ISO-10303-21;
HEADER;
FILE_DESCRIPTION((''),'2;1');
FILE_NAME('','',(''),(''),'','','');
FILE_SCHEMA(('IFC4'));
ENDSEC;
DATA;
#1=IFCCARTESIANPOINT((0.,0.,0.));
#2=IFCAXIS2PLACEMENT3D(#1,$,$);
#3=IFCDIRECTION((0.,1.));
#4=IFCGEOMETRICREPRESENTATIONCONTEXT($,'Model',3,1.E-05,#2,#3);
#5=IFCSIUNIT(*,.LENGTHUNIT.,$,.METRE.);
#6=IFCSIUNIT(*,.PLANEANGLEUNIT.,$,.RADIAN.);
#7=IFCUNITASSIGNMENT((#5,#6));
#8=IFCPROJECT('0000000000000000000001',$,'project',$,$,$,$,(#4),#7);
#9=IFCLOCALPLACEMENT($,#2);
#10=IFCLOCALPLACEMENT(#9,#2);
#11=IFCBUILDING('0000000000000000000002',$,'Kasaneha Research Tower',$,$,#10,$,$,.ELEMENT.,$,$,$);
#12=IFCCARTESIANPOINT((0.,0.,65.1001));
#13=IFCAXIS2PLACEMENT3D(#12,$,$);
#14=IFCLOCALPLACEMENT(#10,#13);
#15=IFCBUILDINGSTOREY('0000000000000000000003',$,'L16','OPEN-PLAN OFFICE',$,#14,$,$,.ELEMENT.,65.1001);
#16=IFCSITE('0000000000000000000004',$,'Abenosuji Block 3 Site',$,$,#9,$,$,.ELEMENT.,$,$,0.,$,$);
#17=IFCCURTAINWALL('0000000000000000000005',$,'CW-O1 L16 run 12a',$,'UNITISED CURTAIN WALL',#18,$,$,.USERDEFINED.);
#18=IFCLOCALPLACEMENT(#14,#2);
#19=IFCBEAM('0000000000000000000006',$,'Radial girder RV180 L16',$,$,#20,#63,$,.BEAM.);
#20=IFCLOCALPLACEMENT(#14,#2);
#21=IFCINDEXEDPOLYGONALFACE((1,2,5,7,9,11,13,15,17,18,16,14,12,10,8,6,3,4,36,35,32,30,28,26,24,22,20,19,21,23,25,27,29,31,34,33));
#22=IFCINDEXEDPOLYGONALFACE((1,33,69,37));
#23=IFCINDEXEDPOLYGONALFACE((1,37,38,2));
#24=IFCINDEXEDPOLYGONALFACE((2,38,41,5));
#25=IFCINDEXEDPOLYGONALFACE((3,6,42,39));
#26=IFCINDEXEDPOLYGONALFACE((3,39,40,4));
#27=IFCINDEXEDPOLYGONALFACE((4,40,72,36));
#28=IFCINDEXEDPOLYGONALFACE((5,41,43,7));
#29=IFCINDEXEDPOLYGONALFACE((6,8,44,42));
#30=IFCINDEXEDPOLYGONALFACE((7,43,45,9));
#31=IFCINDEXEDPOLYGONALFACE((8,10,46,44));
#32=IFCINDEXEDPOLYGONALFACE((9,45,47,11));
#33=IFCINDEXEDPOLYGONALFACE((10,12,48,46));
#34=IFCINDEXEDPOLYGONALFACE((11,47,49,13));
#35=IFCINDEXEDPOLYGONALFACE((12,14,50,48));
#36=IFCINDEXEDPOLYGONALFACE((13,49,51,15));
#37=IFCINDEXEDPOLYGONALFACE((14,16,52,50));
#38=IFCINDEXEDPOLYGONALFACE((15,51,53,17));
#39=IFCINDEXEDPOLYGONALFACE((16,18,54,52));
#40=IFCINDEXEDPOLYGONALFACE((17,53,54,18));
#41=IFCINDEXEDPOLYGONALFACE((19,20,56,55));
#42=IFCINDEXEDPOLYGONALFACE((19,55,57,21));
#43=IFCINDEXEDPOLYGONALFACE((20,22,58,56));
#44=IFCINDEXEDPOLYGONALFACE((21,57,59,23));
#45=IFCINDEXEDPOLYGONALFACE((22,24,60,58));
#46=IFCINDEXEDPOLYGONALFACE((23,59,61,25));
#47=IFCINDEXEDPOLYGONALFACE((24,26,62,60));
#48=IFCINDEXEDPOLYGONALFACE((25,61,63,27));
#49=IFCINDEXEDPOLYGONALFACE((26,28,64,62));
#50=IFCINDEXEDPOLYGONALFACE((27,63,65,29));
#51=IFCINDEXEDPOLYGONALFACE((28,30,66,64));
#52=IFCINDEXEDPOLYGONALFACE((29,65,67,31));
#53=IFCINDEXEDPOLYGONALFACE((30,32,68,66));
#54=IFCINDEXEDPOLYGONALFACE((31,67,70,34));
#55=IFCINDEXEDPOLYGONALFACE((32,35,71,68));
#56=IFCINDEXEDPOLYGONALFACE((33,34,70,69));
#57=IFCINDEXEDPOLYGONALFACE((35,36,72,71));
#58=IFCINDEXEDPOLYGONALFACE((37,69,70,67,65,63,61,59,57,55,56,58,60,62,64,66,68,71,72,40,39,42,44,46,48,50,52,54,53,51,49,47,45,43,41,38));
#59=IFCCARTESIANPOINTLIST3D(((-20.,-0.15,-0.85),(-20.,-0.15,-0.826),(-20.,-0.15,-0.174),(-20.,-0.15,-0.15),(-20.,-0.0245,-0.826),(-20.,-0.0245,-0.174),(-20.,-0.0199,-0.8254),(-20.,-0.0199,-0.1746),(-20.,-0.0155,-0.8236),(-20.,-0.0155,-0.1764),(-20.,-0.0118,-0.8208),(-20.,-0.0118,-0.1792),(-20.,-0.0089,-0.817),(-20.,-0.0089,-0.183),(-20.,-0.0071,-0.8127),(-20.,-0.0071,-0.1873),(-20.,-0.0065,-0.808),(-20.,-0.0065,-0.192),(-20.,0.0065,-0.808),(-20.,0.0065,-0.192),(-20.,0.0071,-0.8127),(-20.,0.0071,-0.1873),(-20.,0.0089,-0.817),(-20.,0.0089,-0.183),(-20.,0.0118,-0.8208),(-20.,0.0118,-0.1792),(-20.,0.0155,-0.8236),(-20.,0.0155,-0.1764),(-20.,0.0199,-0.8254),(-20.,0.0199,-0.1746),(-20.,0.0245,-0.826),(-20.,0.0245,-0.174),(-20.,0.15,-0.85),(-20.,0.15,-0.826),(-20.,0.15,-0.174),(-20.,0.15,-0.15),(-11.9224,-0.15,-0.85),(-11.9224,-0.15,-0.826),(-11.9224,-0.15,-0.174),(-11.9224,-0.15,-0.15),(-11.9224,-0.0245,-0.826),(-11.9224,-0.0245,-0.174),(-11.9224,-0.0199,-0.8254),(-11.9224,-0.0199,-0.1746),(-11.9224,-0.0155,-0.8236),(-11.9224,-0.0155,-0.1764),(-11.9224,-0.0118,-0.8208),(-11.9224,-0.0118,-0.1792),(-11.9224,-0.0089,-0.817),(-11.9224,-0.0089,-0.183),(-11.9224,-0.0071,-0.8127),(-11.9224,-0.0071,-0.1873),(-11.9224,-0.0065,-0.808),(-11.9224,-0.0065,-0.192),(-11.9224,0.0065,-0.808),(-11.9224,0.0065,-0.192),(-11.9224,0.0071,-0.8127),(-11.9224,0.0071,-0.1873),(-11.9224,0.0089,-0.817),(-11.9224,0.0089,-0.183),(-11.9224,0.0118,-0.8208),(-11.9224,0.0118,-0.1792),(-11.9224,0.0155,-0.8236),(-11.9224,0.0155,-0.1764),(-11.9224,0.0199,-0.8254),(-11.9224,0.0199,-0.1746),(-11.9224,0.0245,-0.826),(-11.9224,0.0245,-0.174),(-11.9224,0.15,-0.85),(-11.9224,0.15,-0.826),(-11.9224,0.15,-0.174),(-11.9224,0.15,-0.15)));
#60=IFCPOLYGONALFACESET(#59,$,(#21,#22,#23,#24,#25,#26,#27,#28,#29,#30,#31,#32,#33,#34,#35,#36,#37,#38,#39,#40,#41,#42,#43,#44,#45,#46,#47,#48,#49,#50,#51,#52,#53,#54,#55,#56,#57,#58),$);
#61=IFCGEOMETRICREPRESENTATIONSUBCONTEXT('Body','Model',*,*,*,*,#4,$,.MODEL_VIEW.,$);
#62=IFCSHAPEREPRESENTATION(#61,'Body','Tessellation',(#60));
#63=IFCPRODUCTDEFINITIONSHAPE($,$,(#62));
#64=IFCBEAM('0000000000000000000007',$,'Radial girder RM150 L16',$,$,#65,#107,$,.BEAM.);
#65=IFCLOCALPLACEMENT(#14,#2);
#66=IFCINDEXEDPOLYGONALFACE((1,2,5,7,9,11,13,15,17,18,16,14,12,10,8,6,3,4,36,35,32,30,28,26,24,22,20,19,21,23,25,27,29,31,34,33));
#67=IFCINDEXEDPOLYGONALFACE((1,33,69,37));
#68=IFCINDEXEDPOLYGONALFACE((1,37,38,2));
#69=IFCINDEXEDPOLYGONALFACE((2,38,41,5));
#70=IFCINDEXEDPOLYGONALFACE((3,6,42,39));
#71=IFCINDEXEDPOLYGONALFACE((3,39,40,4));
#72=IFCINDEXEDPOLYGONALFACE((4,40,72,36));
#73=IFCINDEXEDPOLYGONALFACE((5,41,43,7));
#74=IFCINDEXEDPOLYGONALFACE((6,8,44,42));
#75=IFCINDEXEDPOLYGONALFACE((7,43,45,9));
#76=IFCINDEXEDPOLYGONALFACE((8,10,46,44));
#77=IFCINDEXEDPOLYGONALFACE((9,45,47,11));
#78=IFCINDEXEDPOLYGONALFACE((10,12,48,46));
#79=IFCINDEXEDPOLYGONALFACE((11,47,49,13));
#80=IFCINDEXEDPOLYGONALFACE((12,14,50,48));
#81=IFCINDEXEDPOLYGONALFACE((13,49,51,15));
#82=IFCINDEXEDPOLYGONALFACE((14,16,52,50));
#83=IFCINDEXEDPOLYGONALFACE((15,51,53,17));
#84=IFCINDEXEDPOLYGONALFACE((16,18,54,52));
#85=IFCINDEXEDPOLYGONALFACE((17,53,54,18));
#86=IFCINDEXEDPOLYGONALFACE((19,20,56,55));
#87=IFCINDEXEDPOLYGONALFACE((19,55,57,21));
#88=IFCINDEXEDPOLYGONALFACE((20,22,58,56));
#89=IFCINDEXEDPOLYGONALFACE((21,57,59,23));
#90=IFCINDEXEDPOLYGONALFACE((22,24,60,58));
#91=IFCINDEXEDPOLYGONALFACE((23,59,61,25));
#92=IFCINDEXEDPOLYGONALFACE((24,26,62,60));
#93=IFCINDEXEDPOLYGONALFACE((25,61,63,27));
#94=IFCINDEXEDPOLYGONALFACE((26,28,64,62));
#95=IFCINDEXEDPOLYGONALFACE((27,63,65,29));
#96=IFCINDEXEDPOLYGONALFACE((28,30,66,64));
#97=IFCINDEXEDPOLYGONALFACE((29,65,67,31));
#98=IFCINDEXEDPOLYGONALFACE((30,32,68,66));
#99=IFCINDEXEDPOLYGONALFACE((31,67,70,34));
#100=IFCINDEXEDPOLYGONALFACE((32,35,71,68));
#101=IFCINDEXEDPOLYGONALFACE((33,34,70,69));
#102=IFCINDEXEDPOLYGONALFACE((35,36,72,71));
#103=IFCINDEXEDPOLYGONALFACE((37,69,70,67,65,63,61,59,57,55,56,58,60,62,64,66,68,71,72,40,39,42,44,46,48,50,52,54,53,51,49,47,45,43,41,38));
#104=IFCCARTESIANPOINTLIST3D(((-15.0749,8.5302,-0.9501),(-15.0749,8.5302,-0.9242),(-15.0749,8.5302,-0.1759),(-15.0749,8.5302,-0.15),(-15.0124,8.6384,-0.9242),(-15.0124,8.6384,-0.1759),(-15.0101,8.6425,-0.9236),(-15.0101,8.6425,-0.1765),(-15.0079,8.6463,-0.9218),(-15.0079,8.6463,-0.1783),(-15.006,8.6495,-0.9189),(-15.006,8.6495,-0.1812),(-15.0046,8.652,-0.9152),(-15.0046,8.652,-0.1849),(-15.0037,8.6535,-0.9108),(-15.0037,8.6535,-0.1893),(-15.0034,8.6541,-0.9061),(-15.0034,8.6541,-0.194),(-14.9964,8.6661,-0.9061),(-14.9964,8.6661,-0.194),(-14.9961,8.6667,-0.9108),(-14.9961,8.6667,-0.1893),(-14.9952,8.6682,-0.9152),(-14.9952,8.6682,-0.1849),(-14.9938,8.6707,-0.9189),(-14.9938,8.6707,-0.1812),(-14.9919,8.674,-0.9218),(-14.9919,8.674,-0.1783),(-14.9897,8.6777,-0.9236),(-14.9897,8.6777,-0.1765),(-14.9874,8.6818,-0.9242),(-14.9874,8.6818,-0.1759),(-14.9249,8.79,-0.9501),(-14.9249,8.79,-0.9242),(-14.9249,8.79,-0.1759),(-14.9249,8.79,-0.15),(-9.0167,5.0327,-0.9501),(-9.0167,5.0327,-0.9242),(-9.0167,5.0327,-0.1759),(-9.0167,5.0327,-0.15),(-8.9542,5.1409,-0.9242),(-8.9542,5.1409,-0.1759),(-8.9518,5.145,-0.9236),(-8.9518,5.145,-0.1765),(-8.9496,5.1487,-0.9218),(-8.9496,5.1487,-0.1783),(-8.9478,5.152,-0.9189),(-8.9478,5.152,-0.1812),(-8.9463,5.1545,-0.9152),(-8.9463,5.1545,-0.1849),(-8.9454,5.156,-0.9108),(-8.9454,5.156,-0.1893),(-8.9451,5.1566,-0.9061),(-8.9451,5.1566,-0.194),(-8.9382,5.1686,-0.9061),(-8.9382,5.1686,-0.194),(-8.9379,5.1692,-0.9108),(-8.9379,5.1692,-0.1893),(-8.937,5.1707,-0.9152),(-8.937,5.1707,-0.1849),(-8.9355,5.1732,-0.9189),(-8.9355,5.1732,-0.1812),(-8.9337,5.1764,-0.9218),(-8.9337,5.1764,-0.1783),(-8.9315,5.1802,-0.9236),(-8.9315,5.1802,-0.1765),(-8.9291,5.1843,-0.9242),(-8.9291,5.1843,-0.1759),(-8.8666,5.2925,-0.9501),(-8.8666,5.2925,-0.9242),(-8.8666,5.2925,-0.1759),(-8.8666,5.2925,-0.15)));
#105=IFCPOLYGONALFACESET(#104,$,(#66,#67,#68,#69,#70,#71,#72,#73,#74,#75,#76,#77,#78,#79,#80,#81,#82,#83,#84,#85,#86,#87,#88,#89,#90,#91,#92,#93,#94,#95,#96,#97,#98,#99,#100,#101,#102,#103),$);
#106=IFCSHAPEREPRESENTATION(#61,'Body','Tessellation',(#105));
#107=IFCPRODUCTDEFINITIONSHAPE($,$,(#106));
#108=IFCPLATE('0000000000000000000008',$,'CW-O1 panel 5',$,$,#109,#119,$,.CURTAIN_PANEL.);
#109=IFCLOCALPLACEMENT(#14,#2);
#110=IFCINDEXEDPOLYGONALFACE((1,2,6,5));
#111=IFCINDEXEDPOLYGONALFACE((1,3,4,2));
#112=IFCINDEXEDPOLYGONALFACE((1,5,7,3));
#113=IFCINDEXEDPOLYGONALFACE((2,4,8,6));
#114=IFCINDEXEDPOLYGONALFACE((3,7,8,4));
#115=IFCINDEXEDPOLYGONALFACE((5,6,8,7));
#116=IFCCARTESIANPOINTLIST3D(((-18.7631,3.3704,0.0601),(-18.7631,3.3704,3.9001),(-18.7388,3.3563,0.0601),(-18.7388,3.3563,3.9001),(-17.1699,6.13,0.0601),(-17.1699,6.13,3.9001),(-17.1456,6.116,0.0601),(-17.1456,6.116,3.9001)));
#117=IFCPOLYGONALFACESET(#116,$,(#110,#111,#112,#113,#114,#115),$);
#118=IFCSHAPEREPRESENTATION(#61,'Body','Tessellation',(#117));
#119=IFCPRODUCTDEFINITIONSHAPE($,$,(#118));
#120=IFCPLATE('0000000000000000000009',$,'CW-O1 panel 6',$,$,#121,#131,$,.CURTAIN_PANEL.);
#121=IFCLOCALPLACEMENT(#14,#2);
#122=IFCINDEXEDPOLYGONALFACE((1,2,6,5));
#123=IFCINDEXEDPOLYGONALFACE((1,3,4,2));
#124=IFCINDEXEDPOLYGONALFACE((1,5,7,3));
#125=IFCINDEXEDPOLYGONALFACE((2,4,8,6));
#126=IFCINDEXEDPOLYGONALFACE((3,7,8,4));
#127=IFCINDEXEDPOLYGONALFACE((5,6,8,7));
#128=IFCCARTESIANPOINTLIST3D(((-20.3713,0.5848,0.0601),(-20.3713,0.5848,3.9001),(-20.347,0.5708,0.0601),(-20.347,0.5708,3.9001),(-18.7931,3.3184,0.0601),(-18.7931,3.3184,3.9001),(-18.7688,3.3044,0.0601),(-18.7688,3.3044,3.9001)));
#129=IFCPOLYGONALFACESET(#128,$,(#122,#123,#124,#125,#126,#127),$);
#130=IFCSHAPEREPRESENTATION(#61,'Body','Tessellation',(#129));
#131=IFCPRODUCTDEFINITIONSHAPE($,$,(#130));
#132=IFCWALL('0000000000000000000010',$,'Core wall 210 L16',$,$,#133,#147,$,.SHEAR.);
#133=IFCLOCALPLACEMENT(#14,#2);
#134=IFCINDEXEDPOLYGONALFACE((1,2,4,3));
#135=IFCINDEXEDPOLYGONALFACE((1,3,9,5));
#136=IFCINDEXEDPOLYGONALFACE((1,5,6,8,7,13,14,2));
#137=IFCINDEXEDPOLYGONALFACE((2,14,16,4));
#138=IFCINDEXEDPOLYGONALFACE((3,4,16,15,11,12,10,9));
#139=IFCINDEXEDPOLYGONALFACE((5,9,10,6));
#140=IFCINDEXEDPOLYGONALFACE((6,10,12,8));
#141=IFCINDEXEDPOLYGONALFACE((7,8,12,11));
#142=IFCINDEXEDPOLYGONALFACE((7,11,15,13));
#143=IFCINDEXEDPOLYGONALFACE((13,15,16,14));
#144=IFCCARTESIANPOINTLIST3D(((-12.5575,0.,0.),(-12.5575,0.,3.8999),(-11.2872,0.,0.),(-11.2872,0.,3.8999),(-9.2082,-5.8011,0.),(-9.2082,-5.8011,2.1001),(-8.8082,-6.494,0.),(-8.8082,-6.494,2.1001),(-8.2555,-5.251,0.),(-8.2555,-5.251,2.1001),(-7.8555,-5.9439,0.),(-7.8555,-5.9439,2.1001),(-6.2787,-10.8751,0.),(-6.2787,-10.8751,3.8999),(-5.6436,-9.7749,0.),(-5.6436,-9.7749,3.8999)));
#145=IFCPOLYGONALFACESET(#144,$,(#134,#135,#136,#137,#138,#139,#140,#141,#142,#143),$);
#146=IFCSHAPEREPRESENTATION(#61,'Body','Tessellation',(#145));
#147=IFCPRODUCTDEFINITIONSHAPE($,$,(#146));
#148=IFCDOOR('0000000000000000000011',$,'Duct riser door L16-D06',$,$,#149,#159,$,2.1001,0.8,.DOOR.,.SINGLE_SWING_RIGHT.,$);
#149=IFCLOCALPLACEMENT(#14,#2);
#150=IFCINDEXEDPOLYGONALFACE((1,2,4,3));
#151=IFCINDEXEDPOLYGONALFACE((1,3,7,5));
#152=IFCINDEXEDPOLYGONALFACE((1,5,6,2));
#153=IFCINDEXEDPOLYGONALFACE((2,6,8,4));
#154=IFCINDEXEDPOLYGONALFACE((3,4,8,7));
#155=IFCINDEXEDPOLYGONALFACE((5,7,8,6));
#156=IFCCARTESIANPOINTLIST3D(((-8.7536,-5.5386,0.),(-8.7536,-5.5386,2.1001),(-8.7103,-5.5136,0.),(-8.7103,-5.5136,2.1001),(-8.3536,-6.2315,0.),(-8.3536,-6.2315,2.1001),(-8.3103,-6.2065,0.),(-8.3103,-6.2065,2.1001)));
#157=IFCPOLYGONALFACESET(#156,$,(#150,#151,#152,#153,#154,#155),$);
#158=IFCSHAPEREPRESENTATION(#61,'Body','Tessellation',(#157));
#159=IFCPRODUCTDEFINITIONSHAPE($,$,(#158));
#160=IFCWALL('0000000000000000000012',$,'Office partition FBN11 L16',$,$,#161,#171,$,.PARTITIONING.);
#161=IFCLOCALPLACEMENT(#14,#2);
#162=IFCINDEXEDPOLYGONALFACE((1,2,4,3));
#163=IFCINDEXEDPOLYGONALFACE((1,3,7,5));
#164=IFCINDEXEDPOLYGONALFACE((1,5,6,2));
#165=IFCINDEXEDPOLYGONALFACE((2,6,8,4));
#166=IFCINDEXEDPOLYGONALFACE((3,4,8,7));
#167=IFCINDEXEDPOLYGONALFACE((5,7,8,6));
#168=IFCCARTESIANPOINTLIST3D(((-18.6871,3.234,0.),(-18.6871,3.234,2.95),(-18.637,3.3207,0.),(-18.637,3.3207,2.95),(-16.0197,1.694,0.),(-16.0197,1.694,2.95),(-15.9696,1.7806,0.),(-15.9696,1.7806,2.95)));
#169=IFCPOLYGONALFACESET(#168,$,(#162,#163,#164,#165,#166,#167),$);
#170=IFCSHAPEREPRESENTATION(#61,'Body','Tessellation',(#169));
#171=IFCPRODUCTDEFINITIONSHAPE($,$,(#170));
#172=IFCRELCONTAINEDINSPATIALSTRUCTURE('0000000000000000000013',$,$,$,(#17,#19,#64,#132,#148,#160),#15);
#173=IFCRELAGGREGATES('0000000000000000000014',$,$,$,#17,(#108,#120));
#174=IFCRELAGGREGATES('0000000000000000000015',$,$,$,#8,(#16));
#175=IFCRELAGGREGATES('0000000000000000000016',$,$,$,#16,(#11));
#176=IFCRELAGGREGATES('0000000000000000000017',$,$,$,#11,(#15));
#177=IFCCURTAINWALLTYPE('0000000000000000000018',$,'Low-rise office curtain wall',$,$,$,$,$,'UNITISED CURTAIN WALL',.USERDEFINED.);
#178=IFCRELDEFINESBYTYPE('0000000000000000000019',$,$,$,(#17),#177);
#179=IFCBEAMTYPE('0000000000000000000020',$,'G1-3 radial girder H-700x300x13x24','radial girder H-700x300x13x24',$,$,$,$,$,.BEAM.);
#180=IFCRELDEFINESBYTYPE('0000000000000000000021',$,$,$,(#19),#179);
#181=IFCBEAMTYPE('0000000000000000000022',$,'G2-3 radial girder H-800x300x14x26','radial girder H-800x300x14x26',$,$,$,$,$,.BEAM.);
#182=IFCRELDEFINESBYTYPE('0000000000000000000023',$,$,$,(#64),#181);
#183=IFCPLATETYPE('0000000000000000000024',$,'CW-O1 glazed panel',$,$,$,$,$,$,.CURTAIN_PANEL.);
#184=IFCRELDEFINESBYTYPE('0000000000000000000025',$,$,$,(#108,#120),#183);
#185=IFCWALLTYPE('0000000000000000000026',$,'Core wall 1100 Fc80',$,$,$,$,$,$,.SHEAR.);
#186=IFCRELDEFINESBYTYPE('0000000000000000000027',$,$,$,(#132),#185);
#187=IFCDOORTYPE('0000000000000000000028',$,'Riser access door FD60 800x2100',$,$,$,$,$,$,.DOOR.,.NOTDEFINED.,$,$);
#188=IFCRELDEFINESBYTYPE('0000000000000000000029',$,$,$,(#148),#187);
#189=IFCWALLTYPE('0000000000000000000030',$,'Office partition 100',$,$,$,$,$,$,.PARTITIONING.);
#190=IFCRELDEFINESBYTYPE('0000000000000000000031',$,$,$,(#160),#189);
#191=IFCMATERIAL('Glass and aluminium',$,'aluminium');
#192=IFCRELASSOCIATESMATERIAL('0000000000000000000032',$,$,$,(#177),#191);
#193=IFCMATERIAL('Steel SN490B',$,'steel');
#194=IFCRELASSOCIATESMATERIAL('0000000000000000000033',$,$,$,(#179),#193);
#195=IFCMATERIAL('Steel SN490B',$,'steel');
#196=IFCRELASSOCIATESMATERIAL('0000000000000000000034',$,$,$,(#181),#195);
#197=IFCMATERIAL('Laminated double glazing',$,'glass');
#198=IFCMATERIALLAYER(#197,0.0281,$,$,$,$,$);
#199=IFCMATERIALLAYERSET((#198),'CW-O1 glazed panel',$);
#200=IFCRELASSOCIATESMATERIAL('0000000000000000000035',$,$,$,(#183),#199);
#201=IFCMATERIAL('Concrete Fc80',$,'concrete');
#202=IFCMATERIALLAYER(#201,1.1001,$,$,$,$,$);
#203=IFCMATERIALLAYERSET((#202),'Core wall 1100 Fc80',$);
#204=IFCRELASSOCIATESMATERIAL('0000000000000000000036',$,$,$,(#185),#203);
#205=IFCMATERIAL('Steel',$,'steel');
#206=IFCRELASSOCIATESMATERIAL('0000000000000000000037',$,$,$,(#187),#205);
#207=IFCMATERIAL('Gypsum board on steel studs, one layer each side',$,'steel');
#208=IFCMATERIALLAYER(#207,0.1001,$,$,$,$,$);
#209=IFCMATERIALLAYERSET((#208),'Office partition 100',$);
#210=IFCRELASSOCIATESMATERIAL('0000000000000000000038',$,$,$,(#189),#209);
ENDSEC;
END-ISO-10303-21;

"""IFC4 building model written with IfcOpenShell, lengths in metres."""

from ifc_helpers import new_model, si_unit, direction, frame, frame_2d, origin, origin_2d, place, context, subcontext, project, spatial, polyline, rectangle, i_section, outline, extrude, material, layer, layer_set, material_profile, profile_set, type_object, element, fill, aggregate, save


model = new_model("IFC4")

# Units and contexts
model_context = context("Model", 3, precision=1e-05, world=origin(), true_north=direction((0.0, 1.0)))
body_context = subcontext(model_context, "Body", "Model", "MODEL_VIEW")
ifc_project = project(units=[si_unit("LENGTHUNIT", "METRE"), si_unit("PLANEANGLEUNIT", "RADIAN")], contexts=[model_context])

# Site, building, storey
site_placement = place(None, origin())
site = spatial("IfcSite", under=ifc_project, at=site_placement, Name="Abenosuji Block 3 Site", CompositionType="ELEMENT", RefElevation=0.0)
building_placement = place(site_placement, origin())
building = spatial("IfcBuilding", under=site, at=building_placement, Name="Kasaneha Research Tower", CompositionType="ELEMENT")
storey_placement = place(building_placement, frame((0.0, 0.0, 65.1001)))
storey = spatial("IfcBuildingStorey", under=building, at=storey_placement, Name="L16", Description="OPEN-PLAN OFFICE", CompositionType="ELEMENT", Elevation=65.1001)

# Curtain wall
ifc_material_1 = material(Name="Glass and aluminium", Category="aluminium")
curtain_wall_type = type_object("IfcCurtainWallType", Name="Low-rise office curtain wall", ElementType="UNITISED CURTAIN WALL", PredefinedType="USERDEFINED", material=ifc_material_1)
curtain_wall_1_placement = place(storey_placement, origin())
curtain_wall_1 = element("IfcCurtainWall", 1, at=curtain_wall_1_placement, inside=storey, type_object=curtain_wall_type, Name="CW-O1 L16 run 12a", ObjectType="UNITISED CURTAIN WALL", PredefinedType="USERDEFINED")

# Beams
ifc_material_2 = material(Name="Steel SN490B", Category="steel")
ifc_material_profile_1 = material_profile(ifc_material_2, i_section(OverallWidth=0.3, OverallDepth=0.7, WebThickness=0.0129, FlangeThickness=0.0239, FilletRadius=0.0181, at=origin_2d()), Name="H-700x300x13x24")
ifc_profile_set_1 = profile_set([ifc_material_profile_1], Name="Steel SN490B")
beam_type_1 = type_object("IfcBeamType", Name="G1-3 radial girder H-700x300x13x24", Description="radial girder H-700x300x13x24", PredefinedType="BEAM", material=ifc_profile_set_1)
beam_1_placement = place(storey_placement, frame((-11.9224, 0.0, -0.5), z_axis=(-1.0, 0.0, 0.0), x_axis=(0.0, -1.0, 0.0)))
element("IfcBeam", 2, at=beam_1_placement, inside=storey, type_object=beam_type_1, Name="Radial girder RV180 L16", PredefinedType="BEAM", context=body_context, shape_type="SweptSolid", body=[
    extrude(i_section(OverallWidth=0.3, OverallDepth=0.7, WebThickness=0.0129, FlangeThickness=0.0239, FilletRadius=0.0181, at=origin_2d()), origin(), (0.0, 0.0, 1.0), 8.0776),
])
ifc_material_3 = material(Name="Steel SN490B", Category="steel")
ifc_material_profile_2 = material_profile(ifc_material_3, i_section(OverallWidth=0.3, OverallDepth=0.8, WebThickness=0.0139, FlangeThickness=0.0259, FilletRadius=0.0181, at=origin_2d()), Name="H-800x300x14x26")
ifc_profile_set_2 = profile_set([ifc_material_profile_2], Name="Steel SN490B")
beam_type_2 = type_object("IfcBeamType", Name="G2-3 radial girder H-800x300x14x26", Description="radial girder H-800x300x14x26", PredefinedType="BEAM", material=ifc_profile_set_2)
beam_2_placement = place(storey_placement, frame((-8.9417, 5.1626, -0.55), z_axis=(-0.86604, 0.499975, 0.0), x_axis=(-0.499975, -0.86604, 0.0)))
element("IfcBeam", 3, at=beam_2_placement, inside=storey, type_object=beam_type_2, Name="Radial girder RM150 L16", PredefinedType="BEAM", context=body_context, shape_type="SweptSolid", body=[
    extrude(i_section(OverallWidth=0.3, OverallDepth=0.8, WebThickness=0.0139, FlangeThickness=0.0259, FilletRadius=0.0181, at=origin_2d()), origin(), (0.0, 0.0, 1.0), 6.9954),
])

# Plates
ifc_material_4 = material(Name="Laminated double glazing", Category="glass")
ifc_layer_1 = layer(ifc_material_4, 0.0281)
ifc_layer_set_1 = layer_set([ifc_layer_1], Name="CW-O1 glazed panel")
plate_type = type_object("IfcPlateType", Name="CW-O1 glazed panel", PredefinedType="CURTAIN_PANEL", material=ifc_layer_set_1)
plate_1_placement = place(storey_placement, frame((-17.9543, 4.7432, 0.0601), z_axis=(0.0, 0.0, 1.0), x_axis=(-0.5, -0.866025, 0.0)))
plate_1 = element("IfcPlate", 4, at=plate_1_placement, type_object=plate_type, Name="CW-O1 panel 5", PredefinedType="CURTAIN_PANEL", context=body_context, shape_type="SweptSolid", body=[
    extrude(rectangle(XDim=3.1865, YDim=0.0281, at=origin_2d()), origin(), (0.0, 0.0, 1.0), 3.8401),
])
plate_2_placement = place(storey_placement, frame((-19.5701, 1.9446, 0.0601), z_axis=(0.0, 0.0, 1.0), x_axis=(-0.5, -0.866025, 0.0)))
plate_2 = element("IfcPlate", 5, at=plate_2_placement, type_object=plate_type, Name="CW-O1 panel 6", PredefinedType="CURTAIN_PANEL", context=body_context, shape_type="SweptSolid", body=[
    extrude(rectangle(XDim=3.1565, YDim=0.0281, at=origin_2d()), origin(), (0.0, 0.0, 1.0), 3.8401),
])
aggregate(curtain_wall_1, [plate_1, plate_2])

# Wall, opening, door
ifc_material_5 = material(Name="Concrete Fc80", Category="concrete")
ifc_layer_2 = layer(ifc_material_5, 1.1001)
ifc_layer_set_2 = layer_set([ifc_layer_2], Name="Core wall 1100 Fc80")
wall_type_1 = type_object("IfcWallType", Name="Core wall 1100 Fc80", PredefinedType="SHEAR", material=ifc_layer_set_2)
wall_1_placement = place(storey_placement, frame((-11.9224, 0.0, 0.0), z_axis=(0.0, 0.0, 1.0), x_axis=(0.500004, -0.866023, 0.0)))
wall_1 = element("IfcWall", 6, at=wall_1_placement, inside=storey, type_object=wall_type_1, Name="Core wall 210 L16", PredefinedType="SHEAR", context=body_context, shape_type="SweptSolid", body=[
    extrude(outline(polyline([(-0.3176, -0.55), (6.3811, -0.55), (7.1812, -0.55), (12.24, -0.55), (11.6047, 0.55), (7.1812, 0.55), (6.3811, 0.55), (0.3176, 0.55), (-0.3176, -0.55)])), origin(), (0.0, 0.0, 1.0), 3.8999),
])
opening_1_placement = place(wall_1_placement, frame((6.3811, 0.0, 0.0)))
opening_1 = element("IfcOpeningElement", 7, at=opening_1_placement, cuts=wall_1, PredefinedType="OPENING", context=body_context, shape_type="SweptSolid", body=[
    extrude(rectangle(XDim=0.8, YDim=2.1001, at=frame_2d((0.3999, 1.05))), frame((0.0, 0.5601, 0.0), z_axis=(0.0, -1.0, 0.0), x_axis=(1.0, 0.0, 0.0)), (0.0, 0.0, 1.0), 1.1201),
])
ifc_material_6 = material(Name="Steel", Category="steel")
door_type_1 = type_object("IfcDoorType", Name="Riser access door FD60 800x2100", OperationType="NOTDEFINED", PredefinedType="DOOR", material=ifc_material_6)
door_1_placement = place(opening_1_placement, origin())
door_1 = element("IfcDoor", 8, at=door_1_placement, inside=storey, type_object=door_type_1, Name="Duct riser door L16-D06", OperationType="SINGLE_SWING_RIGHT", OverallHeight=2.1001, OverallWidth=0.8, PredefinedType="DOOR", context=body_context, shape_type="SweptSolid", body=[
    extrude(rectangle(XDim=0.8, YDim=2.1001, at=frame_2d((0.3999, 1.05))), frame((0.0, 0.0249, 0.0), z_axis=(0.0, -1.0, 0.0), x_axis=(1.0, 0.0, 0.0)), (0.0, 0.0, 1.0), 0.05),
])
fill(opening_1, door_1)

# Wall
ifc_material_7 = material(Name="Gypsum board on steel studs, one layer each side", Category="steel")
ifc_layer_3 = layer(ifc_material_7, 0.1001)
ifc_layer_set_3 = layer_set([ifc_layer_3], Name="Office partition 100")
wall_type_2 = type_object("IfcWallType", Name="Office partition 100", PredefinedType="PARTITIONING", material=ifc_layer_set_3)
wall_2_placement = place(storey_placement, frame((-15.9946, 1.7373, 0.0), z_axis=(0.0, 0.0, 1.0), x_axis=(-0.86603, 0.499992, 0.0)))
element("IfcWall", 9, at=wall_2_placement, inside=storey, type_object=wall_type_2, Name="Office partition FBN11 L16", PredefinedType="PARTITIONING", context=body_context, shape_type="SweptSolid", body=[
    extrude(rectangle(XDim=3.0801, YDim=0.1001, at=frame_2d((1.54, 0.0))), origin(), (0.0, 0.0, 1.0), 2.95),
])

save(model, "model.ifc")
